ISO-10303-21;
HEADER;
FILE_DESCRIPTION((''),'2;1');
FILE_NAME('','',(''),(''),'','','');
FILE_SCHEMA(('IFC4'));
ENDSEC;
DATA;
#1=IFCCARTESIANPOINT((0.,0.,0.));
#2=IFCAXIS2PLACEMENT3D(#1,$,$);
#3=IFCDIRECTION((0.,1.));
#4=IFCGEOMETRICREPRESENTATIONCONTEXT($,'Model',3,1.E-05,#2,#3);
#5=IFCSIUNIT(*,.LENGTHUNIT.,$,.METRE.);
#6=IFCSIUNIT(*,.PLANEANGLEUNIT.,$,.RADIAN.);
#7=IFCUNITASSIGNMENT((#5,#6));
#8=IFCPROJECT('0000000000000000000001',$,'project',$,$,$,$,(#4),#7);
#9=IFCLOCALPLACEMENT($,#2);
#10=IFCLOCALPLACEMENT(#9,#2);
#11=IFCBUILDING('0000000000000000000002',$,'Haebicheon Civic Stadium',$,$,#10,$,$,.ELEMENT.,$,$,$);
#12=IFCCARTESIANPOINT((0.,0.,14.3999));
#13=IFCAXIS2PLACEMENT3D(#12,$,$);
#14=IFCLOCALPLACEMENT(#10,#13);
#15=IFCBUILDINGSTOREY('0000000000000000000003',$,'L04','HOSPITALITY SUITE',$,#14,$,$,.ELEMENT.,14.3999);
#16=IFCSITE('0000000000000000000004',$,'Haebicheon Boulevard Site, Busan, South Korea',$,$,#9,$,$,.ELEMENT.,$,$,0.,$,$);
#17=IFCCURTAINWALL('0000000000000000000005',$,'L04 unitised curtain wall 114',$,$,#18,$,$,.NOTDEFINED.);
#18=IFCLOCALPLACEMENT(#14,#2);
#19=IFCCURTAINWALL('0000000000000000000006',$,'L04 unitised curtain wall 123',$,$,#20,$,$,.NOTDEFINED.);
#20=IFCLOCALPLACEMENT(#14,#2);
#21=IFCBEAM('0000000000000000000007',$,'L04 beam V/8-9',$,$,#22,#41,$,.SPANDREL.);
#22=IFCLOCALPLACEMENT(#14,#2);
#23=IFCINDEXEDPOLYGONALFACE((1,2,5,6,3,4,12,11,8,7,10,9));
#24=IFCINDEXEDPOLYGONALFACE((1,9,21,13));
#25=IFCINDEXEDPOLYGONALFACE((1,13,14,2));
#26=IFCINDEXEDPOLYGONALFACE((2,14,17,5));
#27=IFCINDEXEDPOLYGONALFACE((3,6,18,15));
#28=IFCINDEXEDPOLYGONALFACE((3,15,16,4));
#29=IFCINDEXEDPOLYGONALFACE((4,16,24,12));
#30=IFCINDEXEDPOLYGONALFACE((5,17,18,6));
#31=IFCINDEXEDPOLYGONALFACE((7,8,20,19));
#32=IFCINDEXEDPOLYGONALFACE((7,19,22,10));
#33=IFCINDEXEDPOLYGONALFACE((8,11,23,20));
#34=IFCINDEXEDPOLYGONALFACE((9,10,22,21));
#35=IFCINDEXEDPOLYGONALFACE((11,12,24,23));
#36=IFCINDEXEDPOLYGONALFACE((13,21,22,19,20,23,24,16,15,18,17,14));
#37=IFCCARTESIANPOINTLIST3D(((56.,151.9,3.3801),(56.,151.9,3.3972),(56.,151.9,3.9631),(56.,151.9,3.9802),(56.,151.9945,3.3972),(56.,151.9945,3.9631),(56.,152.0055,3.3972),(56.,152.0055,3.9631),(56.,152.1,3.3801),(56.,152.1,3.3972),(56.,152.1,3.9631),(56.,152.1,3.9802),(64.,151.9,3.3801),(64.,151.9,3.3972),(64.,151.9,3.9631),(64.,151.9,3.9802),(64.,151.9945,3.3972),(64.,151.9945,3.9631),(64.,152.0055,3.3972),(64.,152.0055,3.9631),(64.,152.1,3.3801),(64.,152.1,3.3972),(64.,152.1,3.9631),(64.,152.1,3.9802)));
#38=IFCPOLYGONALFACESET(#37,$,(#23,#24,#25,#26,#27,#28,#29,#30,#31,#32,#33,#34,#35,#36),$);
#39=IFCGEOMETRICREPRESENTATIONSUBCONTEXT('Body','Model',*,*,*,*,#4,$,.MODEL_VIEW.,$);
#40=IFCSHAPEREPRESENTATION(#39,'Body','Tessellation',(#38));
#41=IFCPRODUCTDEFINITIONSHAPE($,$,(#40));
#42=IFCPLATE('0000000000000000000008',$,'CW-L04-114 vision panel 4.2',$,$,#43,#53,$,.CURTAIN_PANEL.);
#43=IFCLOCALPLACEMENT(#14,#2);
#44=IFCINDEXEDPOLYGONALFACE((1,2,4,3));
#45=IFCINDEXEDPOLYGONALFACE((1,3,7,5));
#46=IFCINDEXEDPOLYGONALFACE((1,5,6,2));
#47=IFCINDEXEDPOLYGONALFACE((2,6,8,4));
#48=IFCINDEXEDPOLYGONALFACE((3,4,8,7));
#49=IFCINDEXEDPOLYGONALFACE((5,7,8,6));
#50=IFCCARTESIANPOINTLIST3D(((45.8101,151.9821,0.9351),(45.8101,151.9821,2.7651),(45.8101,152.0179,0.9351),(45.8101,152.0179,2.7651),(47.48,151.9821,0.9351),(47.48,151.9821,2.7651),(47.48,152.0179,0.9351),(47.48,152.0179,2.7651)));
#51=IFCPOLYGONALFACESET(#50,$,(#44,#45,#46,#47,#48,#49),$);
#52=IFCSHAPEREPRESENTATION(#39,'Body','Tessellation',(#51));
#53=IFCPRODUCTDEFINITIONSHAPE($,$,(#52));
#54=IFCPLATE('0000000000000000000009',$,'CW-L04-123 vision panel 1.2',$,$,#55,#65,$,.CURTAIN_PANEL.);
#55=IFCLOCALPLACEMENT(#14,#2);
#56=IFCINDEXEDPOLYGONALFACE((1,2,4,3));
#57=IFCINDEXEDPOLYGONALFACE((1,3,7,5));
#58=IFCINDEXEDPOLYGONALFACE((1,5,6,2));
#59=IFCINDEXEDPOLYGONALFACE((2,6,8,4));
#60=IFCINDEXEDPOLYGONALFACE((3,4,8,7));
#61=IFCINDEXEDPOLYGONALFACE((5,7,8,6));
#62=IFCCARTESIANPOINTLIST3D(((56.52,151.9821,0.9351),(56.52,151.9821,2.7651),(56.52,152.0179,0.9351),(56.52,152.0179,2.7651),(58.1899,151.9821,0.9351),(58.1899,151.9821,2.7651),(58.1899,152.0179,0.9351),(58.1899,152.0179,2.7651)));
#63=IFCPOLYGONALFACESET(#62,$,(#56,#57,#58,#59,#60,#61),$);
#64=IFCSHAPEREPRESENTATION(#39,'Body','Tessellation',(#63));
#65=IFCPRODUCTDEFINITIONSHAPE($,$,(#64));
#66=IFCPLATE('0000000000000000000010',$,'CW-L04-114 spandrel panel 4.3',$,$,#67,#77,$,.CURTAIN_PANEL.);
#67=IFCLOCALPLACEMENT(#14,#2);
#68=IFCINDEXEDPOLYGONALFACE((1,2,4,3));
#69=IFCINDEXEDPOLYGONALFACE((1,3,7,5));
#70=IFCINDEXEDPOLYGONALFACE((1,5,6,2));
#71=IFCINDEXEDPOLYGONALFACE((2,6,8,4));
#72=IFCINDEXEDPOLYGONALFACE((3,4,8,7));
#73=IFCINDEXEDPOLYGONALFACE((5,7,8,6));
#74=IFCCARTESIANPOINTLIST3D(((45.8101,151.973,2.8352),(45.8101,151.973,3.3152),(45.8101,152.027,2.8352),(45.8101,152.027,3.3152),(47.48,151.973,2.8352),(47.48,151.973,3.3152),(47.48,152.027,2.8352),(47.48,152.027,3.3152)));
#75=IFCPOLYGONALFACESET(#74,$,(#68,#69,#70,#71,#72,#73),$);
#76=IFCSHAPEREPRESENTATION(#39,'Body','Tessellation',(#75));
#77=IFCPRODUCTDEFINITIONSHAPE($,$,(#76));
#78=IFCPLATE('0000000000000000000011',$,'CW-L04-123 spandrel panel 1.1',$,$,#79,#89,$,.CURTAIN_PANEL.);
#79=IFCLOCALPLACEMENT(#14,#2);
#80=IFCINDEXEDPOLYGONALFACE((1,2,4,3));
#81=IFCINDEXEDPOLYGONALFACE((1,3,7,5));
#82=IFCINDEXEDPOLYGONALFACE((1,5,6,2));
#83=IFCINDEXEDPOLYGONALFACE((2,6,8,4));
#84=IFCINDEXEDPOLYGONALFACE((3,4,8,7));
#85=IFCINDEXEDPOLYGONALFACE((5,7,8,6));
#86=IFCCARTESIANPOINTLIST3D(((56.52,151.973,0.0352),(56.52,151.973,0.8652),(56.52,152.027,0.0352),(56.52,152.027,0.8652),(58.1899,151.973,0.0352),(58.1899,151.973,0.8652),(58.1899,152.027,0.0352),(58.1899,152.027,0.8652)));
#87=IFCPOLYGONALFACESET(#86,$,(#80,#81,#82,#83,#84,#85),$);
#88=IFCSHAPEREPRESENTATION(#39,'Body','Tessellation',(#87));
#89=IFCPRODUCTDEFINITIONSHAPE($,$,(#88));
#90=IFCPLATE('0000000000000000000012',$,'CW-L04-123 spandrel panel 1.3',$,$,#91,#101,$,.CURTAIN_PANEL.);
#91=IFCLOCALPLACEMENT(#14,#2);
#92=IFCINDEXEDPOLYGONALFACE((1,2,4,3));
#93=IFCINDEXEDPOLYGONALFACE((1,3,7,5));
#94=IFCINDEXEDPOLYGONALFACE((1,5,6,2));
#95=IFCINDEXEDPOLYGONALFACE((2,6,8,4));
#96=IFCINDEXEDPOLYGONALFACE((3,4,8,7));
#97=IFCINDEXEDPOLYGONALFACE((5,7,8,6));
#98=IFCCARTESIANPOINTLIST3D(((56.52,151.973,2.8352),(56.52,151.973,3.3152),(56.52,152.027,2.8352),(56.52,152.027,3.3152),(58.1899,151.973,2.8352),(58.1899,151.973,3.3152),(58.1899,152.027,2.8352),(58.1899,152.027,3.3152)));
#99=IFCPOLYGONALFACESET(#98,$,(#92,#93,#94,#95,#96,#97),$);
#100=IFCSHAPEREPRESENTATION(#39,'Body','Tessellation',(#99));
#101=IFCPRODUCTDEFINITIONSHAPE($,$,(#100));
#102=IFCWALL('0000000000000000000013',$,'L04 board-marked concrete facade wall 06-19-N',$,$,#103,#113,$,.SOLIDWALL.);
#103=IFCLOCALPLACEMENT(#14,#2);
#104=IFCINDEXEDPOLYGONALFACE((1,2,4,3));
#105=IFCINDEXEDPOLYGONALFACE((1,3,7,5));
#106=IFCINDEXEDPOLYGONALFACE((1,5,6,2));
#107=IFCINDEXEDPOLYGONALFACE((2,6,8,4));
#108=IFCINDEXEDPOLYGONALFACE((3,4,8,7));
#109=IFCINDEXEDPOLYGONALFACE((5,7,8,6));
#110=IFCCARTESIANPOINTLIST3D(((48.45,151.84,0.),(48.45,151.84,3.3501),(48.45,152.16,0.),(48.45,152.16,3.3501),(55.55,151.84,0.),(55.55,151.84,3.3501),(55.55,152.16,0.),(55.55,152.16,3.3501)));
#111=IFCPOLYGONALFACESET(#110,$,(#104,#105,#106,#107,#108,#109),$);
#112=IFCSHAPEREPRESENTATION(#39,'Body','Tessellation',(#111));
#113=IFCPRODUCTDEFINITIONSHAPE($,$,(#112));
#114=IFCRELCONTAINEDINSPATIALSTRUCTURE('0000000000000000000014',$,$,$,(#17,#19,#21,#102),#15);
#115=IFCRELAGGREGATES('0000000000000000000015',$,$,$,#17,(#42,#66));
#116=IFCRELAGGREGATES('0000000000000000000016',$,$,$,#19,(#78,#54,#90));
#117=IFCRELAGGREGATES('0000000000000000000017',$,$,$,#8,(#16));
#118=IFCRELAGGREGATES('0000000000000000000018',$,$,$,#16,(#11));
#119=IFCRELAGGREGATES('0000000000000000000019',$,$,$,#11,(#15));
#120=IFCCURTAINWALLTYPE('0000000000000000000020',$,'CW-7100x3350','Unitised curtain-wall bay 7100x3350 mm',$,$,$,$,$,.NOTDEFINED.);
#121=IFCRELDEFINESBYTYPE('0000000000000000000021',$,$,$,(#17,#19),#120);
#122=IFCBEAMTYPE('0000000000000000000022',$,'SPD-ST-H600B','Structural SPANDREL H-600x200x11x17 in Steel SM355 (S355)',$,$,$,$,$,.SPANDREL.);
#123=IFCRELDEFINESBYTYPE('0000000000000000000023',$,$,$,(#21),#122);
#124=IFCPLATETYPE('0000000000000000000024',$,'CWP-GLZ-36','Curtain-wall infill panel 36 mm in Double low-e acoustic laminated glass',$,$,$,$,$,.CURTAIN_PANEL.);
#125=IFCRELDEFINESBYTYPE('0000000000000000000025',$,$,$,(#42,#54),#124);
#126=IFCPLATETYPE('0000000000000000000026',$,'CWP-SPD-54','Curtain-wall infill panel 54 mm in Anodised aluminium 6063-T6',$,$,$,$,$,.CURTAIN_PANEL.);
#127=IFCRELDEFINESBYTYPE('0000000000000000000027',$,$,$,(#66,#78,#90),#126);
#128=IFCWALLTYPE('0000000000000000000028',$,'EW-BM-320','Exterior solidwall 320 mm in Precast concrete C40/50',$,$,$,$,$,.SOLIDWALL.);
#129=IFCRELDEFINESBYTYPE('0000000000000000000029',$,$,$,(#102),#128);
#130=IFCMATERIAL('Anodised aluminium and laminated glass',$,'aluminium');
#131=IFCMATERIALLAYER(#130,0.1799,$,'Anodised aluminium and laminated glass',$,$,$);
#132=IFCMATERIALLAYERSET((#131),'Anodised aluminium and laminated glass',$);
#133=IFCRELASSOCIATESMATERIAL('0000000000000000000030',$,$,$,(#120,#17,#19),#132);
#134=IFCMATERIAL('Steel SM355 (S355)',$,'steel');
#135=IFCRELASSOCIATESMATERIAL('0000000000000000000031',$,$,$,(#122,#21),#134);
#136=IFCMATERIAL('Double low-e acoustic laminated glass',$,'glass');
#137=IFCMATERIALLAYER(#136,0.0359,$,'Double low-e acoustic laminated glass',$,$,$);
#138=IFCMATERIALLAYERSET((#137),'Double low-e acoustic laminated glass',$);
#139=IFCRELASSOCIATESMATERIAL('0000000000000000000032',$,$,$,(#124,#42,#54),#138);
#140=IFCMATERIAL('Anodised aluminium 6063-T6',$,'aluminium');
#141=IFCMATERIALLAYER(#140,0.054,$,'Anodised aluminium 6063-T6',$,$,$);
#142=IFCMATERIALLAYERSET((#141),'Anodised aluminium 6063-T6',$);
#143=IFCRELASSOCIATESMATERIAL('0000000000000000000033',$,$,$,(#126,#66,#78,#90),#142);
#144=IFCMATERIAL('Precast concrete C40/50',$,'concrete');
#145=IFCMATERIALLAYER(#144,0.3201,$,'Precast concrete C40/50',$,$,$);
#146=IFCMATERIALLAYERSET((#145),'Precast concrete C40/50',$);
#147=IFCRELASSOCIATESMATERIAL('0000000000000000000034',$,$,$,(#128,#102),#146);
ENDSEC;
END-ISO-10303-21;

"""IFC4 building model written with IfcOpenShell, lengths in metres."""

from ifc_helpers import new_model, si_unit, direction, frame, frame_2d, origin, origin_2d, place, context, subcontext, project, spatial, rectangle, i_section, extrude, material, layer, layer_set, material_profile, profile_set, type_object, element, aggregate, save


model = new_model("IFC4")

# Units and contexts
model_context = context("Model", 3, precision=1e-05, world=origin(), true_north=direction((0.0, 1.0)))
body_context = subcontext(model_context, "Body", "Model", "MODEL_VIEW")
ifc_project = project(units=[si_unit("LENGTHUNIT", "METRE"), si_unit("PLANEANGLEUNIT", "RADIAN")], contexts=[model_context])

# Site, building, storey
site_placement = place(None, origin())
site = spatial("IfcSite", under=ifc_project, at=site_placement, Name="Haebicheon Boulevard Site, Busan, South Korea", CompositionType="ELEMENT", RefElevation=0.0)
building_placement = place(site_placement, origin())
building = spatial("IfcBuilding", under=site, at=building_placement, Name="Haebicheon Civic Stadium", CompositionType="ELEMENT")
storey_placement = place(building_placement, frame((0.0, 0.0, 14.3999)))
storey = spatial("IfcBuildingStorey", under=building, at=storey_placement, Name="L04", Description="HOSPITALITY SUITE", CompositionType="ELEMENT", Elevation=14.3999)

# Curtain wall
ifc_material_1 = material(Name="Anodised aluminium and laminated glass", Category="aluminium")
ifc_layer_1 = layer(ifc_material_1, 0.1799, Name="Anodised aluminium and laminated glass")
ifc_layer_set_1 = layer_set([ifc_layer_1], Name="Anodised aluminium and laminated glass")
curtain_wall_type = type_object("IfcCurtainWallType", Name="CW-7100x3350", Description="Unitised curtain-wall bay 7100x3350 mm", PredefinedType="NOTDEFINED", material=ifc_layer_set_1)
curtain_wall_1_placement = place(storey_placement, origin())
curtain_wall_1 = element("IfcCurtainWall", 1, at=curtain_wall_1_placement, inside=storey, type_object=curtain_wall_type, material=ifc_layer_set_1, Name="L04 unitised curtain wall 114", PredefinedType="NOTDEFINED")

# Curtain wall
curtain_wall_2_placement = place(storey_placement, origin())
curtain_wall_2 = element("IfcCurtainWall", 2, at=curtain_wall_2_placement, inside=storey, type_object=curtain_wall_type, material=ifc_layer_set_1, Name="L04 unitised curtain wall 123", PredefinedType="NOTDEFINED")

# Beam
ifc_material_2 = material(Name="Steel SM355 (S355)", Category="steel")
ifc_material_profile_1 = material_profile(ifc_material_2, i_section(OverallWidth=0.2, OverallDepth=0.6001, WebThickness=0.011, FlangeThickness=0.0171, at=origin_2d()), Name="H-600x200x11x17")
ifc_profile_set_1 = profile_set([ifc_material_profile_1], Name="Steel SM355 (S355)")
beam_type = type_object("IfcBeamType", Name="SPD-ST-H600B", Description="Structural SPANDREL H-600x200x11x17 in Steel SM355 (S355)", PredefinedType="SPANDREL", material=ifc_profile_set_1)
for number, where, z_axis, x_axis, name in (
    (3, (56.0, 152.0, 3.6802), (1.0, 0.0, 0.0), (0.0, 1.0, 0.0), "L04 beam V/8-9"),
):
    element("IfcBeam", number, at=place(storey_placement, frame(where, z_axis=z_axis, x_axis=x_axis)), inside=storey, type_object=beam_type, material=ifc_profile_set_1, Name=name, PredefinedType="SPANDREL", context=body_context, shape_type="SweptSolid", body=[
        extrude(i_section(OverallWidth=0.2, OverallDepth=0.6001, WebThickness=0.011, FlangeThickness=0.0171, at=origin_2d()), origin(), (0.0, 0.0, 1.0), 8.0),
    ])

# Plates
ifc_material_3 = material(Name="Double low-e acoustic laminated glass", Category="glass")
ifc_layer_2 = layer(ifc_material_3, 0.0359, Name="Double low-e acoustic laminated glass")
ifc_layer_set_2 = layer_set([ifc_layer_2], Name="Double low-e acoustic laminated glass")
plate_type_1 = type_object("IfcPlateType", Name="CWP-GLZ-36", Description="Curtain-wall infill panel 36 mm in Double low-e acoustic laminated glass", PredefinedType="CURTAIN_PANEL", material=ifc_layer_set_2)
plate_1_placement = place(storey_placement, frame((46.645, 152.0, 0.9351), z_axis=(0.0, 0.0, 1.0), x_axis=(1.0, 0.0, 0.0)))
plate_1 = element("IfcPlate", 4, at=plate_1_placement, type_object=plate_type_1, material=ifc_layer_set_2, Name="CW-L04-114 vision panel 4.2", PredefinedType="CURTAIN_PANEL", context=body_context, shape_type="SweptSolid", body=[
    extrude(rectangle(XDim=1.6699, YDim=0.0359, at=origin_2d()), origin(), (0.0, 0.0, 1.0), 1.8301),
])
plate_2_placement = place(storey_placement, frame((57.355, 152.0, 0.9351), z_axis=(0.0, 0.0, 1.0), x_axis=(1.0, 0.0, 0.0)))
plate_2 = element("IfcPlate", 5, at=plate_2_placement, type_object=plate_type_1, material=ifc_layer_set_2, Name="CW-L04-123 vision panel 1.2", PredefinedType="CURTAIN_PANEL", context=body_context, shape_type="SweptSolid", body=[
    extrude(rectangle(XDim=1.6699, YDim=0.0359, at=origin_2d()), origin(), (0.0, 0.0, 1.0), 1.8301),
])
ifc_material_4 = material(Name="Anodised aluminium 6063-T6", Category="aluminium")
ifc_layer_3 = layer(ifc_material_4, 0.054, Name="Anodised aluminium 6063-T6")
ifc_layer_set_3 = layer_set([ifc_layer_3], Name="Anodised aluminium 6063-T6")
plate_type_2 = type_object("IfcPlateType", Name="CWP-SPD-54", Description="Curtain-wall infill panel 54 mm in Anodised aluminium 6063-T6", PredefinedType="CURTAIN_PANEL", material=ifc_layer_set_3)
plate_3_placement = place(storey_placement, frame((46.645, 152.0, 2.8352), z_axis=(0.0, 0.0, 1.0), x_axis=(1.0, 0.0, 0.0)))
plate_3 = element("IfcPlate", 6, at=plate_3_placement, type_object=plate_type_2, material=ifc_layer_set_3, Name="CW-L04-114 spandrel panel 4.3", PredefinedType="CURTAIN_PANEL", context=body_context, shape_type="SweptSolid", body=[
    extrude(rectangle(XDim=1.6699, YDim=0.054, at=origin_2d()), origin(), (0.0, 0.0, 1.0), 0.48),
])
aggregate(curtain_wall_1, [plate_1, plate_3])
plate_4_placement = place(storey_placement, frame((57.355, 152.0, 0.0352), z_axis=(0.0, 0.0, 1.0), x_axis=(1.0, 0.0, 0.0)))
plate_4 = element("IfcPlate", 7, at=plate_4_placement, type_object=plate_type_2, material=ifc_layer_set_3, Name="CW-L04-123 spandrel panel 1.1", PredefinedType="CURTAIN_PANEL", context=body_context, shape_type="SweptSolid", body=[
    extrude(rectangle(XDim=1.6699, YDim=0.054, at=origin_2d()), origin(), (0.0, 0.0, 1.0), 0.8301),
])
plate_5_placement = place(storey_placement, frame((57.355, 152.0, 2.8352), z_axis=(0.0, 0.0, 1.0), x_axis=(1.0, 0.0, 0.0)))
plate_5 = element("IfcPlate", 8, at=plate_5_placement, type_object=plate_type_2, material=ifc_layer_set_3, Name="CW-L04-123 spandrel panel 1.3", PredefinedType="CURTAIN_PANEL", context=body_context, shape_type="SweptSolid", body=[
    extrude(rectangle(XDim=1.6699, YDim=0.054, at=origin_2d()), origin(), (0.0, 0.0, 1.0), 0.48),
])
aggregate(curtain_wall_2, [plate_4, plate_2, plate_5])

# Wall
ifc_material_5 = material(Name="Precast concrete C40/50", Category="concrete")
ifc_layer_4 = layer(ifc_material_5, 0.3201, Name="Precast concrete C40/50")
ifc_layer_set_4 = layer_set([ifc_layer_4], Name="Precast concrete C40/50")
wall_type = type_object("IfcWallType", Name="EW-BM-320", Description="Exterior solidwall 320 mm in Precast concrete C40/50", PredefinedType="SOLIDWALL", material=ifc_layer_set_4)
wall_placement = place(storey_placement, frame((48.45, 152.0, 0.0), z_axis=(0.0, 0.0, 1.0), x_axis=(1.0, 0.0, 0.0)))
element("IfcWall", 9, at=wall_placement, inside=storey, type_object=wall_type, material=ifc_layer_set_4, Name="L04 board-marked concrete facade wall 06-19-N", PredefinedType="SOLIDWALL", context=body_context, shape_type="SweptSolid", body=[
    extrude(rectangle(XDim=7.1001, YDim=0.3201, at=frame_2d((3.55, 0.0))), origin(), (0.0, 0.0, 1.0), 3.3501),
])

save(model, "model.ifc")
